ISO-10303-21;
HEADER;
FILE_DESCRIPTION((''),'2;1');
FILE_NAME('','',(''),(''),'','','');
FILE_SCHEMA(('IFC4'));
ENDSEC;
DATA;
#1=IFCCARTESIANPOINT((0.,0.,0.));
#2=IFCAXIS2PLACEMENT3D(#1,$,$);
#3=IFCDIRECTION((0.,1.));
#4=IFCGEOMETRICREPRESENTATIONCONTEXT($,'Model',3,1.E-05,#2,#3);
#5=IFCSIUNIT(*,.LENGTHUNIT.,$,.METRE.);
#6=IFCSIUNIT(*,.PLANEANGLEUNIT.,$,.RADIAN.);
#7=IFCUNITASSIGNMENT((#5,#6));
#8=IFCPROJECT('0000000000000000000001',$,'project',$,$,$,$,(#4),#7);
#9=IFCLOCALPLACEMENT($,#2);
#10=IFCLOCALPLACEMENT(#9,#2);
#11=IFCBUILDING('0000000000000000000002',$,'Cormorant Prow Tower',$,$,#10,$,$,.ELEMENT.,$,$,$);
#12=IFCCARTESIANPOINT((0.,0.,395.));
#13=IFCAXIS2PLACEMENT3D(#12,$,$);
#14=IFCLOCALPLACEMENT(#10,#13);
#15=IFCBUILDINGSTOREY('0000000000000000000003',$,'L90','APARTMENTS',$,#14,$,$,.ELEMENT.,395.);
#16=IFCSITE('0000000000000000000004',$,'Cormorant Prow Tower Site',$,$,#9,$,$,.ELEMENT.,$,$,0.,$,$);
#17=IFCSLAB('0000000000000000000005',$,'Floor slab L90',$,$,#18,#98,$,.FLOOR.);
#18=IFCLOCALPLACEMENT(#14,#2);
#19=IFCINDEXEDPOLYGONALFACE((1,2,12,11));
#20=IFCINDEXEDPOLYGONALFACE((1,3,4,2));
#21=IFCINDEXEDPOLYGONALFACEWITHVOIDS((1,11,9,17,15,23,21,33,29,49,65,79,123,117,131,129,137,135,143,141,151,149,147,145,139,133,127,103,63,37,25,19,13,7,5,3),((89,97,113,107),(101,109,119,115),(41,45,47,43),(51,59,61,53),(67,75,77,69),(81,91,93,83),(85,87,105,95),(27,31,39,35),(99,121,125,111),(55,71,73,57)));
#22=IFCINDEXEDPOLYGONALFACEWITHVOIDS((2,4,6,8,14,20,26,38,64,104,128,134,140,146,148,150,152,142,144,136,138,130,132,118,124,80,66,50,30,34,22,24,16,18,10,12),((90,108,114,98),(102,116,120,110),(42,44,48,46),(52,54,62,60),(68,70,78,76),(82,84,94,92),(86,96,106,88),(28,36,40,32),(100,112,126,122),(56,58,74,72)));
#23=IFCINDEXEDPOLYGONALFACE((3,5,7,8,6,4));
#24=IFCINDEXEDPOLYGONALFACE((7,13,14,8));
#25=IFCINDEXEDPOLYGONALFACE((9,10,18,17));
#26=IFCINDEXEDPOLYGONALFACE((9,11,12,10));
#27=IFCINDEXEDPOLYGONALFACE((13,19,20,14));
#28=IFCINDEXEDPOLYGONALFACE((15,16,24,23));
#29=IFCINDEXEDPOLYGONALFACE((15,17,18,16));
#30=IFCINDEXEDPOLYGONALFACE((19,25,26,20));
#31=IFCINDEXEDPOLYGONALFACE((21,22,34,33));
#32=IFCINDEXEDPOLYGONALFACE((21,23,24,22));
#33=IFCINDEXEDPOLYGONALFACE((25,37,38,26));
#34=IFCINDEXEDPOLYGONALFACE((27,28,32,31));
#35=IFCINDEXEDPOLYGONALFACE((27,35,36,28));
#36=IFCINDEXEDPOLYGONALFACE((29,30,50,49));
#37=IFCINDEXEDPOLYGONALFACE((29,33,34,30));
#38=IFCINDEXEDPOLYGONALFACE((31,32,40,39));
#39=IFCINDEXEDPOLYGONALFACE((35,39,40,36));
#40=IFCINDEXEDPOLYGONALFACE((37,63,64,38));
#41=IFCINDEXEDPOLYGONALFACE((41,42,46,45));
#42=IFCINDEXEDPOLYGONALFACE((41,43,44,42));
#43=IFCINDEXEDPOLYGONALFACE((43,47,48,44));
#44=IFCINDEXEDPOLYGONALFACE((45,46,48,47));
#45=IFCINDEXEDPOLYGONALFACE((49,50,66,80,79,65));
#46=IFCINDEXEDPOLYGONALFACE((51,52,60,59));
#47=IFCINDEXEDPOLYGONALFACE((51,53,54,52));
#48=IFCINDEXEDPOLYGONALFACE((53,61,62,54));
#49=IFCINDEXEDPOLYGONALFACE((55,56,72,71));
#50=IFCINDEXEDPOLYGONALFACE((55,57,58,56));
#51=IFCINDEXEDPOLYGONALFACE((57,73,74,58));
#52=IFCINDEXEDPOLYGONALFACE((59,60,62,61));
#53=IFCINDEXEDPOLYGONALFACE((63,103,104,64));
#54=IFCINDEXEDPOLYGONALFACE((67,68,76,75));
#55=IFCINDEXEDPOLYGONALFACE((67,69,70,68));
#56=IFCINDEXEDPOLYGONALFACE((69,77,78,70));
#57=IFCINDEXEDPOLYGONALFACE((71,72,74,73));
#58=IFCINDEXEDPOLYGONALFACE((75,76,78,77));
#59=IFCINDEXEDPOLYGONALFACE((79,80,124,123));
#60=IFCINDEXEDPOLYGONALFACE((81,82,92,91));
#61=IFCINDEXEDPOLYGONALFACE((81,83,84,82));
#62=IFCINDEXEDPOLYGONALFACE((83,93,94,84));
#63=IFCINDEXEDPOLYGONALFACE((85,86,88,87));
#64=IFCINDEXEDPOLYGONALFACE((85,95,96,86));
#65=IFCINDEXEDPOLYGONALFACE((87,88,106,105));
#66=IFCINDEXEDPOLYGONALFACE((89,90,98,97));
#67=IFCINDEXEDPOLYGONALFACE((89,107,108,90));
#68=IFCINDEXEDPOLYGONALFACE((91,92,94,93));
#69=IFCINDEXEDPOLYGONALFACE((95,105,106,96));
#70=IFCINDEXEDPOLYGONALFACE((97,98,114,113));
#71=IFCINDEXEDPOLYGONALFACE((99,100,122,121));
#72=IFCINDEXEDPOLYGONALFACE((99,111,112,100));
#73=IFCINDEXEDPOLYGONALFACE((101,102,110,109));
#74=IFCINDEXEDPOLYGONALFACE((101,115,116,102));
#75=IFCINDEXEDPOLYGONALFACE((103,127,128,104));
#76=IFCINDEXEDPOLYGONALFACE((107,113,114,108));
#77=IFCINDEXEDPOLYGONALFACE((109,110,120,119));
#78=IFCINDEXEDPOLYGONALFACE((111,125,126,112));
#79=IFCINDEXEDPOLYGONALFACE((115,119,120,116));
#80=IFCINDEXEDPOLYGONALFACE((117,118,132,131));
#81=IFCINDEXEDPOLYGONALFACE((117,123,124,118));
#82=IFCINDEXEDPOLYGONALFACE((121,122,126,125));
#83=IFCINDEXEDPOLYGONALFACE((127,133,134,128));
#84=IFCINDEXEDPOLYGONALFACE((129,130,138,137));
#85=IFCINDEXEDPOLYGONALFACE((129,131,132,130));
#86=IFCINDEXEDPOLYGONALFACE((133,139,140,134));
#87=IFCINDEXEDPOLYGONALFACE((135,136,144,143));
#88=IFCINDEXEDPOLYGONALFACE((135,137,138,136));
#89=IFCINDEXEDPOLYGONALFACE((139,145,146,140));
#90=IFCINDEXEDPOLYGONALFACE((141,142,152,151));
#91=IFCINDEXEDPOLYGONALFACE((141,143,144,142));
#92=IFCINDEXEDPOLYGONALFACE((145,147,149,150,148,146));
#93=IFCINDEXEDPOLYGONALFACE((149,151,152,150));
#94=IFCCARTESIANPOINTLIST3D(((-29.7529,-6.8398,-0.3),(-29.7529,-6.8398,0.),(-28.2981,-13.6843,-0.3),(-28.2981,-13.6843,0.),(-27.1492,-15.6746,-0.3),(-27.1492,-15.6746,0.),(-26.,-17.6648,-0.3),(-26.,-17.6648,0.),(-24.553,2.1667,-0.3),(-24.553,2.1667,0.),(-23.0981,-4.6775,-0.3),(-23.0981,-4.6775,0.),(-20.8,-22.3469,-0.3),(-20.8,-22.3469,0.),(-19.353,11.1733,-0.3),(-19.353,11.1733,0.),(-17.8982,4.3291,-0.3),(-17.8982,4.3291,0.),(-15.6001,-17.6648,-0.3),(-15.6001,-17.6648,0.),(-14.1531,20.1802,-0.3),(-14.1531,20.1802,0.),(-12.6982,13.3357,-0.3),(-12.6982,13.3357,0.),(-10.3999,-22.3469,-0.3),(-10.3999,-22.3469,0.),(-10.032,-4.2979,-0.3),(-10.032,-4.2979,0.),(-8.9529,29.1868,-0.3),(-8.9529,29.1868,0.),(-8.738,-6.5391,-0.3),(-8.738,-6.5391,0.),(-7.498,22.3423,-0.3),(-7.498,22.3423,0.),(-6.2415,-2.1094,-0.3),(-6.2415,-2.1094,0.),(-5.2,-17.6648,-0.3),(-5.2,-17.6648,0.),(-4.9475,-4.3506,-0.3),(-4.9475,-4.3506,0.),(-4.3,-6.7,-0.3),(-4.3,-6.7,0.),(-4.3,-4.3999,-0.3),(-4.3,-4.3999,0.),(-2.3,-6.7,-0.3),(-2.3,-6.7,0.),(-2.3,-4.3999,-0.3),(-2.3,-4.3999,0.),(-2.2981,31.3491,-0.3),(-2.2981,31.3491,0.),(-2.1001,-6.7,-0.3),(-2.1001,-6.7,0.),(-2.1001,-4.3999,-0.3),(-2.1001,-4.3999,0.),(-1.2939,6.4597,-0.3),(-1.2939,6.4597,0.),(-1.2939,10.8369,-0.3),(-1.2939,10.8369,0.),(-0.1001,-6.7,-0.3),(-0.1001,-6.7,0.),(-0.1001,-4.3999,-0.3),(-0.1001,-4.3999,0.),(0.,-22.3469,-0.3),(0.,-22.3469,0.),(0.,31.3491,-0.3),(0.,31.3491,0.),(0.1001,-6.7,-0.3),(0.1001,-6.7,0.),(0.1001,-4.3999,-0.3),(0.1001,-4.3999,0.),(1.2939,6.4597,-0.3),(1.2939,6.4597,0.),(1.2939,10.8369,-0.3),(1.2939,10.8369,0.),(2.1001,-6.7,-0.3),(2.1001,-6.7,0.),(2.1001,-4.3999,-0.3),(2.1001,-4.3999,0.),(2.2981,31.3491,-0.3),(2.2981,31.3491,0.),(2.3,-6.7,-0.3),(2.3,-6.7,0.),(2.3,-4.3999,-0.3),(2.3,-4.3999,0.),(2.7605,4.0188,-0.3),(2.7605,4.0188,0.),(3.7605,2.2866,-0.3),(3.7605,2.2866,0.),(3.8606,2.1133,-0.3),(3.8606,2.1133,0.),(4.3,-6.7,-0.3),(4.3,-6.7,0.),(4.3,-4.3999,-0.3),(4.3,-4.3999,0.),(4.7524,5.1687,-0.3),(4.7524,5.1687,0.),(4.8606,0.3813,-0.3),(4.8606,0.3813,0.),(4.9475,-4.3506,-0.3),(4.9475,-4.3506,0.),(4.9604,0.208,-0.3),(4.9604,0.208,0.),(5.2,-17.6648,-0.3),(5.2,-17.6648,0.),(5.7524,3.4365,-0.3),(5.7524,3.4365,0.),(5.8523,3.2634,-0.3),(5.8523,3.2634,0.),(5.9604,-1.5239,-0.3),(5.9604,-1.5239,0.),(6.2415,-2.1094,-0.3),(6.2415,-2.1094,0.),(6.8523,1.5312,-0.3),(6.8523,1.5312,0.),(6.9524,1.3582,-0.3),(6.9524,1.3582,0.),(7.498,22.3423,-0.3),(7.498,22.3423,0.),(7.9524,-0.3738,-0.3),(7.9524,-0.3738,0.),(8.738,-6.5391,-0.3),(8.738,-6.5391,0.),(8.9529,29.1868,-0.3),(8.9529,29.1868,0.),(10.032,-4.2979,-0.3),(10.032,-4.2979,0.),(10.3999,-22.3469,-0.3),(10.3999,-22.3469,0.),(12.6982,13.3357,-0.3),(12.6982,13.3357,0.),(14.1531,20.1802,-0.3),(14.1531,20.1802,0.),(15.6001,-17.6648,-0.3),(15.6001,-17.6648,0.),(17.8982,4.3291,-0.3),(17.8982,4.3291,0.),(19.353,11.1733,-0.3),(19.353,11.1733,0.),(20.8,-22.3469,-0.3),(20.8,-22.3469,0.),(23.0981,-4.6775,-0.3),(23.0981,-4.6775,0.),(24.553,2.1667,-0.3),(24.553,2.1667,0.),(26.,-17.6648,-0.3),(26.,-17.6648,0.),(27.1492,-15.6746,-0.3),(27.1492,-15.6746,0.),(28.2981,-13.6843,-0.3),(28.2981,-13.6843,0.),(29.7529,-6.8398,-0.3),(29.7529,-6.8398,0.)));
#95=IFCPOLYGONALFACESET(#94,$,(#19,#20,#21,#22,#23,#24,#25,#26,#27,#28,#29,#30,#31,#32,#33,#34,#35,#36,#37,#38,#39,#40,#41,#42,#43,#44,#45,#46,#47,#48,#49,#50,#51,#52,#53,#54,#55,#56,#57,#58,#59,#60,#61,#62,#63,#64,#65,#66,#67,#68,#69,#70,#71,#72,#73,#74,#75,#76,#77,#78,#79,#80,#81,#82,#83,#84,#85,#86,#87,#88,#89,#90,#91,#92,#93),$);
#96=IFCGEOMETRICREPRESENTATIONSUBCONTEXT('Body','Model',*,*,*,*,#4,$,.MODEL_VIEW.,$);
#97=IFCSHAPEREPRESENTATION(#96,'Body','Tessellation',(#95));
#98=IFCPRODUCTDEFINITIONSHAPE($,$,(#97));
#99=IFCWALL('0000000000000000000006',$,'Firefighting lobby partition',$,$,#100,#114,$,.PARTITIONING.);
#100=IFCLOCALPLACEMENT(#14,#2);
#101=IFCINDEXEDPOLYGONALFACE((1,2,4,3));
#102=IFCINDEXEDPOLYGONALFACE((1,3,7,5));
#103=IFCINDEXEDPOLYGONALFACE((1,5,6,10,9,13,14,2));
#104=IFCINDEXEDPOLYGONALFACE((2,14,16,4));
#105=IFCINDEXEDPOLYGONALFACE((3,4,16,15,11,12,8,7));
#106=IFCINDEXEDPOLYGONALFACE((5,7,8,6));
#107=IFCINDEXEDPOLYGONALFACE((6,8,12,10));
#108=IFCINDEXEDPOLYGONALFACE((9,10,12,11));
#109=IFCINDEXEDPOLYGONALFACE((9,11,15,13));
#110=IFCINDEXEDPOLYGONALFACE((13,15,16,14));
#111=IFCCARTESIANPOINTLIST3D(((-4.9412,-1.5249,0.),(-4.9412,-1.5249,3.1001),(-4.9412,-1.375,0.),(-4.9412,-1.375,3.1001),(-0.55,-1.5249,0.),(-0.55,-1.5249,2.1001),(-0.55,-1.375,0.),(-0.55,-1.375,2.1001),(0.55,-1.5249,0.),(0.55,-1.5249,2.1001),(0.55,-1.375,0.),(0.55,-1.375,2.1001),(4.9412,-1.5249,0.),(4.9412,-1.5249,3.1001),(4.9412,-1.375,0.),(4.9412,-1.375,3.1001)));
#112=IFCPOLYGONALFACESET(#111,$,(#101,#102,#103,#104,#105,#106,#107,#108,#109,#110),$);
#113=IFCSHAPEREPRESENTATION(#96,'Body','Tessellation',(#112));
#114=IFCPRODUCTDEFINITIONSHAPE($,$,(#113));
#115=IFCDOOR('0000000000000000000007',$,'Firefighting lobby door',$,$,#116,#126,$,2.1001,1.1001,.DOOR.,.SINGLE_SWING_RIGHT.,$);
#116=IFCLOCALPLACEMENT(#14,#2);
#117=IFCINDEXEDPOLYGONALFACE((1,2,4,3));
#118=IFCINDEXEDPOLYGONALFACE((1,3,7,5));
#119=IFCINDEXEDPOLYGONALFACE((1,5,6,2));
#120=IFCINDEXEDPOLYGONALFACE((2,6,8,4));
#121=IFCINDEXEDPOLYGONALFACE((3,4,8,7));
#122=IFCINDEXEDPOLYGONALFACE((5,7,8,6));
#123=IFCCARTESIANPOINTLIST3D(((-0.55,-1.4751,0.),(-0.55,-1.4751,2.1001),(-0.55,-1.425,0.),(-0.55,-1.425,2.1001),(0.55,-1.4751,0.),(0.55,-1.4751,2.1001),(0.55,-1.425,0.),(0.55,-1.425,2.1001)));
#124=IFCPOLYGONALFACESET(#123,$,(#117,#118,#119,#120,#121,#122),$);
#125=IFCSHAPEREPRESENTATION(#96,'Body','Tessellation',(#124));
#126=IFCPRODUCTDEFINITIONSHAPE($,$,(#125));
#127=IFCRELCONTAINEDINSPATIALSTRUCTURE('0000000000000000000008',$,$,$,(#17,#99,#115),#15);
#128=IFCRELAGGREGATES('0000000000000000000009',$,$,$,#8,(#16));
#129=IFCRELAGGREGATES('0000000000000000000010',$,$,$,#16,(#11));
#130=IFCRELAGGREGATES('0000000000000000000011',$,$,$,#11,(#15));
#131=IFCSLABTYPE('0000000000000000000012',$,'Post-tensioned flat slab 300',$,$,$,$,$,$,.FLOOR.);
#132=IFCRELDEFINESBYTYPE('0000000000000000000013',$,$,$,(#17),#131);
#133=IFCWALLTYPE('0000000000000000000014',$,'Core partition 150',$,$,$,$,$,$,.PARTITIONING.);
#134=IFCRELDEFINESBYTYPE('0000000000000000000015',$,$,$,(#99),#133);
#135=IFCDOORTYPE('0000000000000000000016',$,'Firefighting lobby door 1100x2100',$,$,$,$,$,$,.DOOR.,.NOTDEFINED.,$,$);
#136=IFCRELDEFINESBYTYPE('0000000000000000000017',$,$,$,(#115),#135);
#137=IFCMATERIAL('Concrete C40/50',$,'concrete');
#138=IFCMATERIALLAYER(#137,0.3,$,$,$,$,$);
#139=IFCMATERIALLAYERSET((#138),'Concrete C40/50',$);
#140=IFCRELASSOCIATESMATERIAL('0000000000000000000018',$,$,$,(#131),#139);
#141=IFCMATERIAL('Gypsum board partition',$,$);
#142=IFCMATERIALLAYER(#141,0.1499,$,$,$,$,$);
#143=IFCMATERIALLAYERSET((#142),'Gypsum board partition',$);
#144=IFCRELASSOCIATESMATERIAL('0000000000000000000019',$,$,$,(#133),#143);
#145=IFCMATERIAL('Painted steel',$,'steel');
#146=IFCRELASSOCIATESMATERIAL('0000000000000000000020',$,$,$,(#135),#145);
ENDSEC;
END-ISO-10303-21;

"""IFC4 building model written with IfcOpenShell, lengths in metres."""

from ifc_helpers import new_model, si_unit, direction, frame, frame_2d, origin, place, context, subcontext, project, spatial, polyline, rectangle, outline, extrude, material, layer, layer_set, type_object, element, fill, save


model = new_model("IFC4")

# Units and contexts
model_context = context("Model", 3, precision=1e-05, world=origin(), true_north=direction((0.0, 1.0)))
body_context = subcontext(model_context, "Body", "Model", "MODEL_VIEW")
ifc_project = project(units=[si_unit("LENGTHUNIT", "METRE"), si_unit("PLANEANGLEUNIT", "RADIAN")], contexts=[model_context])

# Site, building, storey
site_placement = place(None, origin())
site = spatial("IfcSite", under=ifc_project, at=site_placement, Name="Cormorant Prow Tower Site", CompositionType="ELEMENT", RefElevation=0.0)
building_placement = place(site_placement, origin())
building = spatial("IfcBuilding", under=site, at=building_placement, Name="Cormorant Prow Tower", CompositionType="ELEMENT")
storey_placement = place(building_placement, frame((0.0, 0.0, 395.0)))
storey = spatial("IfcBuildingStorey", under=building, at=storey_placement, Name="L90", Description="APARTMENTS", CompositionType="ELEMENT", Elevation=395.0)

# Slab
ifc_material_1 = material(Name="Concrete C40/50", Category="concrete")
ifc_layer_1 = layer(ifc_material_1, 0.3)
ifc_layer_set_1 = layer_set([ifc_layer_1], Name="Concrete C40/50")
slab_type_1 = type_object("IfcSlabType", Name="Post-tensioned flat slab 300", PredefinedType="FLOOR", material=ifc_layer_set_1)
slab_1_placement = place(storey_placement, frame((0.0, 0.0, -0.3)))
element("IfcSlab", 1, at=slab_1_placement, inside=storey, type_object=slab_type_1, Name="Floor slab L90", PredefinedType="FLOOR", context=body_context, shape_type="SweptSolid", body=[
    extrude(outline(polyline([(-7.498, 22.3423), (-14.1531, 20.1802), (-12.6982, 13.3357), (-19.353, 11.1733), (-17.8982, 4.3291), (-24.553, 2.1667), (-23.0981, -4.6775), (-29.7529, -6.8398), (-28.2981, -13.6843), (-27.1492, -15.6746), (-26.0, -17.6648), (-20.8, -22.3469), (-15.6001, -17.6648), (-10.3999, -22.3469), (-5.2, -17.6648), (0.0, -22.3469), (5.2, -17.6648), (10.3999, -22.3469), (15.6001, -17.6648), (20.8, -22.3469), (26.0, -17.6648), (27.1492, -15.6746), (28.2981, -13.6843), (29.7529, -6.8398), (23.0981, -4.6775), (24.553, 2.1667), (17.8982, 4.3291), (19.353, 11.1733), (12.6982, 13.3357), (14.1531, 20.1802), (7.498, 22.3423), (8.9529, 29.1868), (2.2981, 31.3491), (0.0, 31.3491), (-2.2981, 31.3491), (-8.9529, 29.1868), (-7.498, 22.3423)]), holes=[polyline([(-4.3, -4.3999), (-2.3, -4.3999), (-2.3, -6.7), (-4.3, -6.7), (-4.3, -4.3999)]), polyline([(-0.1001, -4.3999), (-0.1001, -6.7), (-2.1001, -6.7), (-2.1001, -4.3999), (-0.1001, -4.3999)]), polyline([(2.1001, -6.7), (0.1001, -6.7), (0.1001, -4.3999), (2.1001, -4.3999), (2.1001, -6.7)]), polyline([(2.3, -6.7), (2.3, -4.3999), (4.3, -4.3999), (4.3, -6.7), (2.3, -6.7)]), polyline([(5.9604, -1.5239), (4.9604, 0.208), (6.9524, 1.3582), (7.9524, -0.3738), (5.9604, -1.5239)]), polyline([(3.8606, 2.1133), (5.8523, 3.2634), (6.8523, 1.5312), (4.8606, 0.3813), (3.8606, 2.1133)]), polyline([(4.7524, 5.1687), (5.7524, 3.4365), (3.7605, 2.2866), (2.7605, 4.0188), (4.7524, 5.1687)]), polyline([(-4.9475, -4.3506), (-8.738, -6.5391), (-10.032, -4.2979), (-6.2415, -2.1094), (-4.9475, -4.3506)]), polyline([(10.032, -4.2979), (8.738, -6.5391), (4.9475, -4.3506), (6.2415, -2.1094), (10.032, -4.2979)]), polyline([(1.2939, 10.8369), (1.2939, 6.4597), (-1.2939, 6.4597), (-1.2939, 10.8369), (1.2939, 10.8369)])]), origin(), (0.0, 0.0, 1.0), 0.3),
])

# Wall, opening, door
ifc_material_2 = material(Name="Gypsum board partition")
ifc_layer_2 = layer(ifc_material_2, 0.1499)
ifc_layer_set_2 = layer_set([ifc_layer_2], Name="Gypsum board partition")
wall_type_1 = type_object("IfcWallType", Name="Core partition 150", PredefinedType="PARTITIONING", material=ifc_layer_set_2)
wall_1_placement = place(storey_placement, frame((-4.9412, -1.45, 0.0), z_axis=(0.0, 0.0, 1.0), x_axis=(1.0, 0.0, 0.0)))
wall_1 = element("IfcWall", 2, at=wall_1_placement, inside=storey, type_object=wall_type_1, Name="Firefighting lobby partition", PredefinedType="PARTITIONING", context=body_context, shape_type="SweptSolid", body=[
    extrude(rectangle(XDim=9.8823, YDim=0.1499, at=frame_2d((4.9412, 0.0))), origin(), (0.0, 0.0, 1.0), 3.1001),
])
opening_1_placement = place(wall_1_placement, frame((4.3911, 0.0, 0.0)))
opening_1 = element("IfcOpeningElement", 3, at=opening_1_placement, cuts=wall_1, PredefinedType="OPENING", context=body_context, shape_type="SweptSolid", body=[
    extrude(rectangle(XDim=1.1001, YDim=2.1001, at=frame_2d((0.55, 1.05))), frame((0.0, 0.085, 0.0), z_axis=(0.0, -1.0, 0.0), x_axis=(1.0, 0.0, 0.0)), (0.0, 0.0, 1.0), 0.1699),
])
ifc_material_3 = material(Name="Painted steel", Category="steel")
door_type_1 = type_object("IfcDoorType", Name="Firefighting lobby door 1100x2100", OperationType="NOTDEFINED", PredefinedType="DOOR", material=ifc_material_3)
door_1_placement = place(opening_1_placement, origin())
door_1 = element("IfcDoor", 4, at=door_1_placement, inside=storey, type_object=door_type_1, Name="Firefighting lobby door", OperationType="SINGLE_SWING_RIGHT", OverallHeight=2.1001, OverallWidth=1.1001, PredefinedType="DOOR", context=body_context, shape_type="SweptSolid", body=[
    extrude(rectangle(XDim=1.1001, YDim=2.1001, at=frame_2d((0.55, 1.05))), frame((0.0, 0.0249, 0.0), z_axis=(0.0, -1.0, 0.0), x_axis=(1.0, 0.0, 0.0)), (0.0, 0.0, 1.0), 0.05),
])
fill(opening_1, door_1)

save(model, "model.ifc")
